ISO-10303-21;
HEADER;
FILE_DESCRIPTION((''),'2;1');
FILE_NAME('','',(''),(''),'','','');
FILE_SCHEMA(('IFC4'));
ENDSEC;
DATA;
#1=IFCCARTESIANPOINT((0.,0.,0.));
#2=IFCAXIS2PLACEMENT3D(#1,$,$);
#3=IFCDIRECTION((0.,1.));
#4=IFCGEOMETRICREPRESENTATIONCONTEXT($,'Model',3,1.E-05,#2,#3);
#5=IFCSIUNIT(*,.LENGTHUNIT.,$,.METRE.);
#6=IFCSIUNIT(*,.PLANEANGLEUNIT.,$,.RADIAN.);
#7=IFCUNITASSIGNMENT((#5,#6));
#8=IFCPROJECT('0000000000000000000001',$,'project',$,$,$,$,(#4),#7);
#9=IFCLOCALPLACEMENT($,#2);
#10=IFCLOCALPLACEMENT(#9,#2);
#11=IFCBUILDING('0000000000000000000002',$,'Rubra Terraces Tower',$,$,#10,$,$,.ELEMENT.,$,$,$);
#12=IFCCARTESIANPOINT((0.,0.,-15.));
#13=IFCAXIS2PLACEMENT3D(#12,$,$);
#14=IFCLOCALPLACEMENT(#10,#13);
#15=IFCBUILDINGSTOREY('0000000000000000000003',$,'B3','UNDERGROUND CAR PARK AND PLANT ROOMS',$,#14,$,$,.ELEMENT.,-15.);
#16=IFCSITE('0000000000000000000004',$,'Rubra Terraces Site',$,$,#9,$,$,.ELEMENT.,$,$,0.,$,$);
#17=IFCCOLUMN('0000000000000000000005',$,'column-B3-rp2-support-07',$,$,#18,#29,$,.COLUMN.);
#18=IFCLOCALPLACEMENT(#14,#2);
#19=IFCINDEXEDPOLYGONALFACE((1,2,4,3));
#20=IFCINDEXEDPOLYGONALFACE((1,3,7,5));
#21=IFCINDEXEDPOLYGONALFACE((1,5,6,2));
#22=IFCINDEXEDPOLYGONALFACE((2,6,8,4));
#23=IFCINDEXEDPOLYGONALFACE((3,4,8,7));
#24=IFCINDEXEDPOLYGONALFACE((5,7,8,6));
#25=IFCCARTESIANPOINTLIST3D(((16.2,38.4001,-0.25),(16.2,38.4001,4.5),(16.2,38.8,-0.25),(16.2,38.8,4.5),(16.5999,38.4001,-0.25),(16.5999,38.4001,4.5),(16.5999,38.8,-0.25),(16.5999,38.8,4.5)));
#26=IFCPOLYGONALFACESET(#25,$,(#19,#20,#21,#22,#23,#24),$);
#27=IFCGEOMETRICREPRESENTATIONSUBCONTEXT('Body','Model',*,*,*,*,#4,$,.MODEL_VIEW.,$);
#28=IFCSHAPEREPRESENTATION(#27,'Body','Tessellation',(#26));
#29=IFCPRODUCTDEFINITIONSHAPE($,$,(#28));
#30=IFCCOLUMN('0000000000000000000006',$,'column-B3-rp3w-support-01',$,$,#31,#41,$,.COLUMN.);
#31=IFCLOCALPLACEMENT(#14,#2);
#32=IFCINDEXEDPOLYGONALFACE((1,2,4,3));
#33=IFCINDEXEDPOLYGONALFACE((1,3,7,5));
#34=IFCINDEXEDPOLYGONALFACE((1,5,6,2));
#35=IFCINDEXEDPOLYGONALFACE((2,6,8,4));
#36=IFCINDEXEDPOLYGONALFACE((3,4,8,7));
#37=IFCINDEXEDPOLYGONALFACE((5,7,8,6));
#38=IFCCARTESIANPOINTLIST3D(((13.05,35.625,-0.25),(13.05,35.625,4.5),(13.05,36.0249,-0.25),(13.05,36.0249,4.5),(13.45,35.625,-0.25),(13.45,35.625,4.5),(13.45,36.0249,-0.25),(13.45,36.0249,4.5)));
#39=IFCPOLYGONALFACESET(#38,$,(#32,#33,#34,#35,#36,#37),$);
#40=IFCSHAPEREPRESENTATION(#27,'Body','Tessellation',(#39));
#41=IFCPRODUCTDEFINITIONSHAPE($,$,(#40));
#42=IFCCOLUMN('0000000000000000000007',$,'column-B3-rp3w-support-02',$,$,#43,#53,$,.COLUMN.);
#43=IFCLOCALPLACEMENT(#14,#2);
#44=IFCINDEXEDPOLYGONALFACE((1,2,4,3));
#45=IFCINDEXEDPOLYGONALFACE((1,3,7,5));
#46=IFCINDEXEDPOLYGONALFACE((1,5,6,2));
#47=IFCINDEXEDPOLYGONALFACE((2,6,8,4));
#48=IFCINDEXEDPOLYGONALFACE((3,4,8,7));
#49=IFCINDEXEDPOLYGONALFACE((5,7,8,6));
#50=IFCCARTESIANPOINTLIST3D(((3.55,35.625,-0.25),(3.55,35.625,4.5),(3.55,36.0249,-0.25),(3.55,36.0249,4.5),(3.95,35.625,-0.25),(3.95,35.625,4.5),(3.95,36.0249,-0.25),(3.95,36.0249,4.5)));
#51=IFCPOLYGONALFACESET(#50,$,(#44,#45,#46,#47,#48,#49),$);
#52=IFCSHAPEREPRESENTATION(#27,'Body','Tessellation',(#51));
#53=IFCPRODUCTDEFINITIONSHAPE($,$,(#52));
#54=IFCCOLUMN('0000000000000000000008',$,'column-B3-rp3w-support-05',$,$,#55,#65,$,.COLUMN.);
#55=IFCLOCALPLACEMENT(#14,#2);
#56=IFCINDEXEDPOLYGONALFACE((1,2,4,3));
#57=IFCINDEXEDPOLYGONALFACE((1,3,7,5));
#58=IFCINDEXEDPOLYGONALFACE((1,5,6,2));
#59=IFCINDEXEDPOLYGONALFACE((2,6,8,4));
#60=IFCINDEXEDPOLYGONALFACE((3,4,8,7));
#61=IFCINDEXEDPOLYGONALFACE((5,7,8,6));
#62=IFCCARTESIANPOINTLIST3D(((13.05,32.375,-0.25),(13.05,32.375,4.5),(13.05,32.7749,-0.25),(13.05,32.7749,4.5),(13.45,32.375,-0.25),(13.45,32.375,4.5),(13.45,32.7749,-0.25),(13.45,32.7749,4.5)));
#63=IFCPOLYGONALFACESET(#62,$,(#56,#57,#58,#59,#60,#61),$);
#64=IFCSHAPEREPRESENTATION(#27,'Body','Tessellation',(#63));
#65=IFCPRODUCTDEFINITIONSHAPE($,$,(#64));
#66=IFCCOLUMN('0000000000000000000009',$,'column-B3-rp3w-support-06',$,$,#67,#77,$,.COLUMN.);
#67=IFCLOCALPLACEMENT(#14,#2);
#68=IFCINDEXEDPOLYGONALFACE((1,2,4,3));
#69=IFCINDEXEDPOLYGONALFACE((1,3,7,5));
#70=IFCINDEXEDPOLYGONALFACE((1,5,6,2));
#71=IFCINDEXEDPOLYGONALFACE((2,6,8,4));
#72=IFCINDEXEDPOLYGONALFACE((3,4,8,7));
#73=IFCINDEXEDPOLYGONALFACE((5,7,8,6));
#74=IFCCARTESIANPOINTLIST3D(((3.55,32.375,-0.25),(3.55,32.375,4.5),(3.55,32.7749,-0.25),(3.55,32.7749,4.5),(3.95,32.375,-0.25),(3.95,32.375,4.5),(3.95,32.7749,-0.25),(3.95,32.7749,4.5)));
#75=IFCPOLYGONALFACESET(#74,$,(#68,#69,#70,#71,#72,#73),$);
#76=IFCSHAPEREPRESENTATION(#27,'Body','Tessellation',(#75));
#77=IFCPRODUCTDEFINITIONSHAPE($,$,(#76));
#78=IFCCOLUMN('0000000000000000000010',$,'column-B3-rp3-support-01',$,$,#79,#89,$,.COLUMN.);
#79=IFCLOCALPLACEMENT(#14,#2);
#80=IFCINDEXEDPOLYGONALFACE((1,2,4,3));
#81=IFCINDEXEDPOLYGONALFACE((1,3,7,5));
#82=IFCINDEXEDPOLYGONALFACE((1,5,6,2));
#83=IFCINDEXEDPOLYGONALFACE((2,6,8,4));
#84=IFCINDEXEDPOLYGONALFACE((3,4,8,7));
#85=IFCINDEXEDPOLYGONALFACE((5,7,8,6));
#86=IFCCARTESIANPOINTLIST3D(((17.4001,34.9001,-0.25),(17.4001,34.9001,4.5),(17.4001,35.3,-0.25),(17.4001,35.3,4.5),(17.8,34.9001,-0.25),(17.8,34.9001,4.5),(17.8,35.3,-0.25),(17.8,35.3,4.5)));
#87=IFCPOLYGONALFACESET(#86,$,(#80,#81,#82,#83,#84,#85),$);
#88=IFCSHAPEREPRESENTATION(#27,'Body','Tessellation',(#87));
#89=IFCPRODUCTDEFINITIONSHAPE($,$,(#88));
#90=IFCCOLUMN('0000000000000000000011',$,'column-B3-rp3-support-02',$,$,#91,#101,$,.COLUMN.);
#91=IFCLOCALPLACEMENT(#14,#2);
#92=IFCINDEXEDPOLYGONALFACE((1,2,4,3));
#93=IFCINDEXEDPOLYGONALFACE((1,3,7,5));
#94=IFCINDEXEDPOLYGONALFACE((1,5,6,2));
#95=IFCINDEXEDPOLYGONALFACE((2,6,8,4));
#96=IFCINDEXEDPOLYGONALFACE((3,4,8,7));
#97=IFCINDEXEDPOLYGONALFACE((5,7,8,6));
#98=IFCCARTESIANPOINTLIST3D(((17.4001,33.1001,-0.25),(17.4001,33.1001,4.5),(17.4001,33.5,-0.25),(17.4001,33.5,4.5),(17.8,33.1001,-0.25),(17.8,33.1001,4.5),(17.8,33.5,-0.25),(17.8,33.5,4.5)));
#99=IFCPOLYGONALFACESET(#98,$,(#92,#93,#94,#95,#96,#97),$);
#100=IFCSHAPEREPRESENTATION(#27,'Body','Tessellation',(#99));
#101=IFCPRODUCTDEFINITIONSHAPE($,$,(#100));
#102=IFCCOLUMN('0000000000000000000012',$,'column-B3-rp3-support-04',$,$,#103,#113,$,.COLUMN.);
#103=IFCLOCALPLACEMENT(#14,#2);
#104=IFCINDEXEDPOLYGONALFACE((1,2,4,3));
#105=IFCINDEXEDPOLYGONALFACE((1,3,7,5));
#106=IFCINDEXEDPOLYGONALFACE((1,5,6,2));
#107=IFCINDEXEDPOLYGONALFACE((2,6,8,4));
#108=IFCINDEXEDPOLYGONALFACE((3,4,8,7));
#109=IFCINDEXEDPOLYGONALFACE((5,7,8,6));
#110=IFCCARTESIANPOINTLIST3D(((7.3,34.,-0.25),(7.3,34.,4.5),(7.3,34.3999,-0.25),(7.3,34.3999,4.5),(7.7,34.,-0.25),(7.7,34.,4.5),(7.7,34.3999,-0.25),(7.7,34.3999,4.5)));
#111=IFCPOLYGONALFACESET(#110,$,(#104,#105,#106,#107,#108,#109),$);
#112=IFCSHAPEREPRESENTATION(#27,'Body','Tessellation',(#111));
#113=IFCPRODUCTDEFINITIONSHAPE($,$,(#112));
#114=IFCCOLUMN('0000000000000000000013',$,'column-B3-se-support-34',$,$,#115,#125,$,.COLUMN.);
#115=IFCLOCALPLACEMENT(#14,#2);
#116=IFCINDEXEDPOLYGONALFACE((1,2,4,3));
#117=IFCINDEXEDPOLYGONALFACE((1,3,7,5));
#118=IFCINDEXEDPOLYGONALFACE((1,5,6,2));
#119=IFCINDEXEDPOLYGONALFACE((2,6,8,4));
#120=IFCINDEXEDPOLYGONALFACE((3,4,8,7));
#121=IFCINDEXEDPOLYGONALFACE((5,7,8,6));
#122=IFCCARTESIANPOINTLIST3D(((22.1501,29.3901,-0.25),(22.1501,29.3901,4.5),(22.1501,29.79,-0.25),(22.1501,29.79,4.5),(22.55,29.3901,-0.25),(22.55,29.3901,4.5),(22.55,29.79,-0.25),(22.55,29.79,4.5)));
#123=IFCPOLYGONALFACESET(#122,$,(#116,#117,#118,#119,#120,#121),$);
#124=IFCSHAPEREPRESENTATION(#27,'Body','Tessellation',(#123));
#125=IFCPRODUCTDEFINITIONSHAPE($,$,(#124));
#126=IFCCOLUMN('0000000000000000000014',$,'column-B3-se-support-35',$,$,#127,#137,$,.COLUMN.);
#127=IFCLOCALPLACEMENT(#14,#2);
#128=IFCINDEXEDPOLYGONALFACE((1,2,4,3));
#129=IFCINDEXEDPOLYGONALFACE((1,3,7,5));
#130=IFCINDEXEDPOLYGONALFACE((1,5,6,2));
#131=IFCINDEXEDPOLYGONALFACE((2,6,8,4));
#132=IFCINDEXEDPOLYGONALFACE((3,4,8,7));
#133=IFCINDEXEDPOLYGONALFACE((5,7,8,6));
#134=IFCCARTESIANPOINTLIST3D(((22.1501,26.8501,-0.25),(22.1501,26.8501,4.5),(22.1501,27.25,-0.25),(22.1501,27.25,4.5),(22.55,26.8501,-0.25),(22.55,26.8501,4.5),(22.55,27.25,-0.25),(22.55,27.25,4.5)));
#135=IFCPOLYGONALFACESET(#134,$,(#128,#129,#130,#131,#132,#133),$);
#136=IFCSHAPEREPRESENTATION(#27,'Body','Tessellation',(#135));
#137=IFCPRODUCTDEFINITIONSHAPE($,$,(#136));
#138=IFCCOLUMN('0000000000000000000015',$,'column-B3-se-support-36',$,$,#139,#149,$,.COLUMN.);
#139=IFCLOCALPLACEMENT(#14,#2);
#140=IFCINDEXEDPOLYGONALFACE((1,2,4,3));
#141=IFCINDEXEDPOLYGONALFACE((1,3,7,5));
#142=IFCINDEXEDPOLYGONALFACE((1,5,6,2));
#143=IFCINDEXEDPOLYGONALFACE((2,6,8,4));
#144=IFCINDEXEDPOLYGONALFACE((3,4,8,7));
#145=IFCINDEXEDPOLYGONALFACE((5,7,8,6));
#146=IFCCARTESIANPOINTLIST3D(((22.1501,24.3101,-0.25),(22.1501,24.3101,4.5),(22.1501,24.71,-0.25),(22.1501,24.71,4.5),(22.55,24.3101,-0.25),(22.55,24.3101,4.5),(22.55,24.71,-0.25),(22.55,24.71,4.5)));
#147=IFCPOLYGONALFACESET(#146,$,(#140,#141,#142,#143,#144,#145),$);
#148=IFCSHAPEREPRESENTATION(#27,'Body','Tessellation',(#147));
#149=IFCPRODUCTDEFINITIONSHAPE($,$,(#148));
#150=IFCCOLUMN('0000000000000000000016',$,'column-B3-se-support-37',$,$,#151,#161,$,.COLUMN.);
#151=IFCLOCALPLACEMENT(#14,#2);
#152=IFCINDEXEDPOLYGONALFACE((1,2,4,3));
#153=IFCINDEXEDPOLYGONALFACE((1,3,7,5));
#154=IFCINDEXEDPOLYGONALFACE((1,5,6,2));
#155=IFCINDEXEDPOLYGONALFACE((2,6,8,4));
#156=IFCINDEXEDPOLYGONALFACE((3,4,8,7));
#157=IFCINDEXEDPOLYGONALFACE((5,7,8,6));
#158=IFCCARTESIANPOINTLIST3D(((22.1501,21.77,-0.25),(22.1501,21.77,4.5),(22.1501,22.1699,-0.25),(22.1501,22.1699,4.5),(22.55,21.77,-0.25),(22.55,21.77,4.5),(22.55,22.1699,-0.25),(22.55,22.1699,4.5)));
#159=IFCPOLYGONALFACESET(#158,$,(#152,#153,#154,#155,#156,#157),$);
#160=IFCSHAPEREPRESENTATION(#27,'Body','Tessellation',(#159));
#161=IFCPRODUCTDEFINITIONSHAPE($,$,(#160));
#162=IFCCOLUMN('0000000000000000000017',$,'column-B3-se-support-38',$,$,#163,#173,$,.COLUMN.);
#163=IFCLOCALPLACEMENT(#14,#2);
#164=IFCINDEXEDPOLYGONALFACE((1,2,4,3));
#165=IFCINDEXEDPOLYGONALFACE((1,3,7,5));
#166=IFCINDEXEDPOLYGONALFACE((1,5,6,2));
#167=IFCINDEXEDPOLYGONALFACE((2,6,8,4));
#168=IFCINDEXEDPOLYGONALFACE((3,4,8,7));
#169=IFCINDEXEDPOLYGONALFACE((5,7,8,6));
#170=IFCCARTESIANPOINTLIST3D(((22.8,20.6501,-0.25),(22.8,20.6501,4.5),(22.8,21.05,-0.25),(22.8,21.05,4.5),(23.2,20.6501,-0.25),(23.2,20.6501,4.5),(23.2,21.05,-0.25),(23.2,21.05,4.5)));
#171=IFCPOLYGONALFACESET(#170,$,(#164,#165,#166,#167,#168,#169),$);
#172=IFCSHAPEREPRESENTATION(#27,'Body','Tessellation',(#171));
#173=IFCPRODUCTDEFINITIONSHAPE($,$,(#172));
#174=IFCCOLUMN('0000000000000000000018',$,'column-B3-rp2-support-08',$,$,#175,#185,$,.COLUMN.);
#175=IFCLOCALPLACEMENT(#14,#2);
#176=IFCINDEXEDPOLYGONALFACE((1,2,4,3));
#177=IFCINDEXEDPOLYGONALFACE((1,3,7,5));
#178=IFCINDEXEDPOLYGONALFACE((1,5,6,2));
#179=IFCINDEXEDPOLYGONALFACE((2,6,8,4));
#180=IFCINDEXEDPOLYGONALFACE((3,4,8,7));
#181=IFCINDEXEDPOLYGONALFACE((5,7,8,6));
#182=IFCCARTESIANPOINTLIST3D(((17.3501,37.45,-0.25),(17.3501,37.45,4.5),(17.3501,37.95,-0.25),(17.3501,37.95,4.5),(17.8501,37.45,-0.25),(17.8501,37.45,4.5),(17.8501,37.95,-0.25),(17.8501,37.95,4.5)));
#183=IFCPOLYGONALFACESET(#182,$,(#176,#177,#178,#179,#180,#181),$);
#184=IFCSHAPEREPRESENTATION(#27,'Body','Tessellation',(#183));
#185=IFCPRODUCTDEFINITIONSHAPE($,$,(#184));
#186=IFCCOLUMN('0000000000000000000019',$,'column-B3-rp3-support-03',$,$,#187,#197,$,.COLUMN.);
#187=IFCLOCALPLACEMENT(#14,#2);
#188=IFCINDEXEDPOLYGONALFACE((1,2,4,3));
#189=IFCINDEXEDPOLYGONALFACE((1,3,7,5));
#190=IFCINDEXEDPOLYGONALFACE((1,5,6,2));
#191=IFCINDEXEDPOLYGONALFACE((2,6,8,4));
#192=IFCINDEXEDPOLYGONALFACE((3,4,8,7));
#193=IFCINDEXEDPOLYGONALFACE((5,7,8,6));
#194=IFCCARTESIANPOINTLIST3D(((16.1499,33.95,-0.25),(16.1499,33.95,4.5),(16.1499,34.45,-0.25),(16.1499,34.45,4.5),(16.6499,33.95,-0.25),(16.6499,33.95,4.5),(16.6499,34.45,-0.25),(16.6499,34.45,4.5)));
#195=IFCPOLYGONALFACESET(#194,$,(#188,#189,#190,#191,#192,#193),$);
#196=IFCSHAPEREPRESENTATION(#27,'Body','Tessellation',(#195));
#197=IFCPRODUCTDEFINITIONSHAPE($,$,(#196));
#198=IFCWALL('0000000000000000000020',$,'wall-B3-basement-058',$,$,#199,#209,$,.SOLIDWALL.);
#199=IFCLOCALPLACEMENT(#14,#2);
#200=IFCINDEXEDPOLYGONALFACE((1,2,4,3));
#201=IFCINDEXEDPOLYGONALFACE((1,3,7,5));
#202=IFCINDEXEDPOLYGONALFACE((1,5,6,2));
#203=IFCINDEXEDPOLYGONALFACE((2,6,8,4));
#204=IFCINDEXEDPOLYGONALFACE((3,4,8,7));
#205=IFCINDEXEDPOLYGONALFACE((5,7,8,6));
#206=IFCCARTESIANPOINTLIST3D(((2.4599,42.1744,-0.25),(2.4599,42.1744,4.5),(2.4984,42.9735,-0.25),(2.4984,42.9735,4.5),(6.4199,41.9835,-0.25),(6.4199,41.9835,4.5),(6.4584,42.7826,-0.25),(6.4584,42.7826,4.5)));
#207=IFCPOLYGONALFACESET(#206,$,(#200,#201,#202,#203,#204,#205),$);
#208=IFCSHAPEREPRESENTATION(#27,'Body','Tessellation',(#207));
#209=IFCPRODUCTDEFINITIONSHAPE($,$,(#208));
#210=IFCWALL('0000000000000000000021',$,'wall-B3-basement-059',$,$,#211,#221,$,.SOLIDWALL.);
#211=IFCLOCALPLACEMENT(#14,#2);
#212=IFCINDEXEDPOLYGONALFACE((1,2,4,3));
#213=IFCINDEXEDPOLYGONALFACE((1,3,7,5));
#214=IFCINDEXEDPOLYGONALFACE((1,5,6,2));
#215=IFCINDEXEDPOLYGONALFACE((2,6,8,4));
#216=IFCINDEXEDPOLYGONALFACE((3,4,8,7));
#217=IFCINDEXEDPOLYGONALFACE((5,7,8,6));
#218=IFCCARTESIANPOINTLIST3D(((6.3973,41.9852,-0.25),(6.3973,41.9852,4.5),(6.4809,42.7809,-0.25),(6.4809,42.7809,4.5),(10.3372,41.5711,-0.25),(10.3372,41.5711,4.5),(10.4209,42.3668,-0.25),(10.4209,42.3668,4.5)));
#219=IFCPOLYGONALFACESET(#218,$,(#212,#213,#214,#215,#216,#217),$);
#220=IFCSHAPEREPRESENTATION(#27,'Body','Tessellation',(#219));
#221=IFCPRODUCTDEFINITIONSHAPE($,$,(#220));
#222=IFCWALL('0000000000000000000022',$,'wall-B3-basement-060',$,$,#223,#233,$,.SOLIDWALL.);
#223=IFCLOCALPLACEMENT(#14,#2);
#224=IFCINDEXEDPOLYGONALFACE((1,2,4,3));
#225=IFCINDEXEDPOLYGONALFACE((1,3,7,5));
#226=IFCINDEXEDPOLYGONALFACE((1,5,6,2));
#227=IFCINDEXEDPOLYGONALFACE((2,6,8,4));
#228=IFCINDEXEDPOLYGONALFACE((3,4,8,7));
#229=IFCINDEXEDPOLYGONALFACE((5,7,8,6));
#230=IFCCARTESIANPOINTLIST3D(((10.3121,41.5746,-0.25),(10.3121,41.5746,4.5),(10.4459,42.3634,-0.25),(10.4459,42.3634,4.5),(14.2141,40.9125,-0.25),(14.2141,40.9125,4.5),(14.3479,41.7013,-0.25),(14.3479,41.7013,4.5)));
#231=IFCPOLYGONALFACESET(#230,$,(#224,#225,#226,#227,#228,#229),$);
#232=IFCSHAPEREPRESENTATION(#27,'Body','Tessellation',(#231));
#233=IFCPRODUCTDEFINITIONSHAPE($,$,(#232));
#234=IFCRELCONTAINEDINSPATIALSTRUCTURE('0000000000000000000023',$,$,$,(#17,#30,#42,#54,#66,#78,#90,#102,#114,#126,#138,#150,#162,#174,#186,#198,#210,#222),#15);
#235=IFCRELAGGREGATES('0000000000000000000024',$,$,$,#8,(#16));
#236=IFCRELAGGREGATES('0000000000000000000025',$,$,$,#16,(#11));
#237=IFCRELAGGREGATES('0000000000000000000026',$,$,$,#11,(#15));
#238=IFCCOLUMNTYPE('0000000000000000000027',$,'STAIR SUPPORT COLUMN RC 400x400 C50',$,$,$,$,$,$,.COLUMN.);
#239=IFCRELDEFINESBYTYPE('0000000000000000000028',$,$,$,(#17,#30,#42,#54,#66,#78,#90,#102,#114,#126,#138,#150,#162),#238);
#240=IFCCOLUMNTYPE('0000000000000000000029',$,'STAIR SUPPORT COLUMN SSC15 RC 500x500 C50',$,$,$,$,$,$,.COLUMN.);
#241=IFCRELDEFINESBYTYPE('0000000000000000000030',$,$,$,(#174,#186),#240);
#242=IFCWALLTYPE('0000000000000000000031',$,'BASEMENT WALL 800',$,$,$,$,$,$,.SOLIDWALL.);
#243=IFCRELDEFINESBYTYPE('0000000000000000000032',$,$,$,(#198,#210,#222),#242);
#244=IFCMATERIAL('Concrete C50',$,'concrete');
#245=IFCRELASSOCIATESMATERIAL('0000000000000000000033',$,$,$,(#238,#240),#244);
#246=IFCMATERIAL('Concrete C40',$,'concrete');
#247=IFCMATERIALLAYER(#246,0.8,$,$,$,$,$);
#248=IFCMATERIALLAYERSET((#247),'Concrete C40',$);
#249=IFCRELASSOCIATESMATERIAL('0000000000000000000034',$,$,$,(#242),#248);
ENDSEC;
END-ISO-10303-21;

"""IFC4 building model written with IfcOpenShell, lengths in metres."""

from ifc_helpers import new_model, si_unit, direction, frame, frame_2d, origin, origin_2d, place, context, subcontext, project, spatial, rectangle, extrude, material, layer, layer_set, material_profile, profile_set, type_object, element, save


model = new_model("IFC4")

# Units and contexts
model_context = context("Model", 3, precision=1e-05, world=origin(), true_north=direction((0.0, 1.0)))
body_context = subcontext(model_context, "Body", "Model", "MODEL_VIEW")
ifc_project = project(units=[si_unit("LENGTHUNIT", "METRE"), si_unit("PLANEANGLEUNIT", "RADIAN")], contexts=[model_context])

# Site, building, storey
site_placement = place(None, origin())
site = spatial("IfcSite", under=ifc_project, at=site_placement, Name="Rubra Terraces Site", CompositionType="ELEMENT", RefElevation=0.0)
building_placement = place(site_placement, origin())
building = spatial("IfcBuilding", under=site, at=building_placement, Name="Rubra Terraces Tower", CompositionType="ELEMENT")
storey_placement = place(building_placement, frame((0.0, 0.0, -15.0)))
storey = spatial("IfcBuildingStorey", under=building, at=storey_placement, Name="B3", Description="UNDERGROUND CAR PARK AND PLANT ROOMS", CompositionType="ELEMENT", Elevation=-15.0)

# Shared definitions
ifc_material_1 = material(Name="Concrete C40", Category="concrete")

# Columns
ifc_material_2 = material(Name="Concrete C50", Category="concrete")
ifc_material_profile_1 = material_profile(ifc_material_2, rectangle(XDim=0.3999, YDim=0.3999, at=origin_2d()), Name="RC 400x400")
ifc_profile_set_1 = profile_set([ifc_material_profile_1], Name="Concrete C50")
column_type_1 = type_object("IfcColumnType", Name="STAIR SUPPORT COLUMN RC 400x400 C50", PredefinedType="COLUMN", material=ifc_profile_set_1)
for number, where, z_axis, x_axis, name in (
    (1, (16.3999, 38.6001, -0.25), (0.0, 0.0, 1.0), (1.0, 0.0, 0.0), "column-B3-rp2-support-07"),
    (2, (13.25, 35.825, -0.25), (0.0, 0.0, 1.0), (1.0, 0.0, 0.0), "column-B3-rp3w-support-01"),
    (3, (3.75, 35.825, -0.25), (0.0, 0.0, 1.0), (1.0, 0.0, 0.0), "column-B3-rp3w-support-02"),
    (4, (13.25, 32.575, -0.25), (0.0, 0.0, 1.0), (1.0, 0.0, 0.0), "column-B3-rp3w-support-05"),
    (5, (3.75, 32.575, -0.25), (0.0, 0.0, 1.0), (1.0, 0.0, 0.0), "column-B3-rp3w-support-06"),
    (6, (17.6001, 35.1001, -0.25), (0.0, 0.0, 1.0), (1.0, 0.0, 0.0), "column-B3-rp3-support-01"),
    (7, (17.6001, 33.3, -0.25), (0.0, 0.0, 1.0), (1.0, 0.0, 0.0), "column-B3-rp3-support-02"),
    (8, (7.5, 34.2, -0.25), (0.0, 0.0, 1.0), (1.0, 0.0, 0.0), "column-B3-rp3-support-04"),
    (9, (22.3501, 29.5901, -0.25), (0.0, 0.0, 1.0), (1.0, 0.0, 0.0), "column-B3-se-support-34"),
    (10, (22.3501, 27.05, -0.25), (0.0, 0.0, 1.0), (1.0, 0.0, 0.0), "column-B3-se-support-35"),
    (11, (22.3501, 24.51, -0.25), (0.0, 0.0, 1.0), (1.0, 0.0, 0.0), "column-B3-se-support-36"),
    (12, (22.3501, 21.97, -0.25), (0.0, 0.0, 1.0), (1.0, 0.0, 0.0), "column-B3-se-support-37"),
    (13, (23.0, 20.8501, -0.25), (0.0, 0.0, 1.0), (1.0, 0.0, 0.0), "column-B3-se-support-38"),
):
    element("IfcColumn", number, at=place(storey_placement, frame(where, z_axis=z_axis, x_axis=x_axis)), inside=storey, type_object=column_type_1, Name=name, PredefinedType="COLUMN", context=body_context, shape_type="SweptSolid", body=[
        extrude(rectangle(XDim=0.3999, YDim=0.3999, at=origin_2d()), origin(), (0.0, 0.0, 1.0), 4.75),
    ])
ifc_material_profile_2 = material_profile(ifc_material_2, rectangle(XDim=0.5, YDim=0.5, at=origin_2d()), Name="RC 500x500")
ifc_profile_set_2 = profile_set([ifc_material_profile_2], Name="Concrete C50")
column_type_2 = type_object("IfcColumnType", Name="STAIR SUPPORT COLUMN SSC15 RC 500x500 C50", PredefinedType="COLUMN", material=ifc_profile_set_2)
for number, where, z_axis, x_axis, name in (
    (14, (17.6001, 37.7, -0.25), (0.0, 0.0, 1.0), (1.0, 0.0, 0.0), "column-B3-rp2-support-08"),
    (15, (16.3999, 34.2, -0.25), (0.0, 0.0, 1.0), (1.0, 0.0, 0.0), "column-B3-rp3-support-03"),
):
    element("IfcColumn", number, at=place(storey_placement, frame(where, z_axis=z_axis, x_axis=x_axis)), inside=storey, type_object=column_type_2, Name=name, PredefinedType="COLUMN", context=body_context, shape_type="SweptSolid", body=[
        extrude(rectangle(XDim=0.5, YDim=0.5, at=origin_2d()), origin(), (0.0, 0.0, 1.0), 4.75),
    ])

# Walls
ifc_layer = layer(ifc_material_1, 0.8)
ifc_layer_set = layer_set([ifc_layer], Name="Concrete C40")
wall_type = type_object("IfcWallType", Name="BASEMENT WALL 800", PredefinedType="SOLIDWALL", material=ifc_layer_set)
wall_1_placement = place(storey_placement, frame((2.479, 42.574, -0.25), z_axis=(0.0, 0.0, 1.0), x_axis=(0.99884, -0.048156, 0.0)))
element("IfcWall", 16, at=wall_1_placement, inside=storey, type_object=wall_type, Name="wall-B3-basement-058", PredefinedType="SOLIDWALL", context=body_context, shape_type="SweptSolid", body=[
    extrude(rectangle(XDim=3.9646, YDim=0.8, at=frame_2d((1.9824, 0.0))), origin(), (0.0, 0.0, 1.0), 4.75),
])
wall_2_placement = place(storey_placement, frame((6.439, 42.3831, -0.25), z_axis=(0.0, 0.0, 1.0), x_axis=(0.994523, -0.104518, 0.0)))
element("IfcWall", 17, at=wall_2_placement, inside=storey, type_object=wall_type, Name="wall-B3-basement-059", PredefinedType="SOLIDWALL", context=body_context, shape_type="SweptSolid", body=[
    extrude(rectangle(XDim=3.9617, YDim=0.8, at=frame_2d((1.981, 0.0))), origin(), (0.0, 0.0, 1.0), 4.75),
])
wall_3_placement = place(storey_placement, frame((10.3789, 41.969, -0.25), z_axis=(0.0, 0.0, 1.0), x_axis=(0.985908, -0.167289, 0.0)))
element("IfcWall", 18, at=wall_3_placement, inside=storey, type_object=wall_type, Name="wall-B3-basement-060", PredefinedType="SOLIDWALL", context=body_context, shape_type="SweptSolid", body=[
    extrude(rectangle(XDim=3.9578, YDim=0.8, at=frame_2d((1.979, 0.0))), origin(), (0.0, 0.0, 1.0), 4.75),
])

save(model, "model.ifc")
